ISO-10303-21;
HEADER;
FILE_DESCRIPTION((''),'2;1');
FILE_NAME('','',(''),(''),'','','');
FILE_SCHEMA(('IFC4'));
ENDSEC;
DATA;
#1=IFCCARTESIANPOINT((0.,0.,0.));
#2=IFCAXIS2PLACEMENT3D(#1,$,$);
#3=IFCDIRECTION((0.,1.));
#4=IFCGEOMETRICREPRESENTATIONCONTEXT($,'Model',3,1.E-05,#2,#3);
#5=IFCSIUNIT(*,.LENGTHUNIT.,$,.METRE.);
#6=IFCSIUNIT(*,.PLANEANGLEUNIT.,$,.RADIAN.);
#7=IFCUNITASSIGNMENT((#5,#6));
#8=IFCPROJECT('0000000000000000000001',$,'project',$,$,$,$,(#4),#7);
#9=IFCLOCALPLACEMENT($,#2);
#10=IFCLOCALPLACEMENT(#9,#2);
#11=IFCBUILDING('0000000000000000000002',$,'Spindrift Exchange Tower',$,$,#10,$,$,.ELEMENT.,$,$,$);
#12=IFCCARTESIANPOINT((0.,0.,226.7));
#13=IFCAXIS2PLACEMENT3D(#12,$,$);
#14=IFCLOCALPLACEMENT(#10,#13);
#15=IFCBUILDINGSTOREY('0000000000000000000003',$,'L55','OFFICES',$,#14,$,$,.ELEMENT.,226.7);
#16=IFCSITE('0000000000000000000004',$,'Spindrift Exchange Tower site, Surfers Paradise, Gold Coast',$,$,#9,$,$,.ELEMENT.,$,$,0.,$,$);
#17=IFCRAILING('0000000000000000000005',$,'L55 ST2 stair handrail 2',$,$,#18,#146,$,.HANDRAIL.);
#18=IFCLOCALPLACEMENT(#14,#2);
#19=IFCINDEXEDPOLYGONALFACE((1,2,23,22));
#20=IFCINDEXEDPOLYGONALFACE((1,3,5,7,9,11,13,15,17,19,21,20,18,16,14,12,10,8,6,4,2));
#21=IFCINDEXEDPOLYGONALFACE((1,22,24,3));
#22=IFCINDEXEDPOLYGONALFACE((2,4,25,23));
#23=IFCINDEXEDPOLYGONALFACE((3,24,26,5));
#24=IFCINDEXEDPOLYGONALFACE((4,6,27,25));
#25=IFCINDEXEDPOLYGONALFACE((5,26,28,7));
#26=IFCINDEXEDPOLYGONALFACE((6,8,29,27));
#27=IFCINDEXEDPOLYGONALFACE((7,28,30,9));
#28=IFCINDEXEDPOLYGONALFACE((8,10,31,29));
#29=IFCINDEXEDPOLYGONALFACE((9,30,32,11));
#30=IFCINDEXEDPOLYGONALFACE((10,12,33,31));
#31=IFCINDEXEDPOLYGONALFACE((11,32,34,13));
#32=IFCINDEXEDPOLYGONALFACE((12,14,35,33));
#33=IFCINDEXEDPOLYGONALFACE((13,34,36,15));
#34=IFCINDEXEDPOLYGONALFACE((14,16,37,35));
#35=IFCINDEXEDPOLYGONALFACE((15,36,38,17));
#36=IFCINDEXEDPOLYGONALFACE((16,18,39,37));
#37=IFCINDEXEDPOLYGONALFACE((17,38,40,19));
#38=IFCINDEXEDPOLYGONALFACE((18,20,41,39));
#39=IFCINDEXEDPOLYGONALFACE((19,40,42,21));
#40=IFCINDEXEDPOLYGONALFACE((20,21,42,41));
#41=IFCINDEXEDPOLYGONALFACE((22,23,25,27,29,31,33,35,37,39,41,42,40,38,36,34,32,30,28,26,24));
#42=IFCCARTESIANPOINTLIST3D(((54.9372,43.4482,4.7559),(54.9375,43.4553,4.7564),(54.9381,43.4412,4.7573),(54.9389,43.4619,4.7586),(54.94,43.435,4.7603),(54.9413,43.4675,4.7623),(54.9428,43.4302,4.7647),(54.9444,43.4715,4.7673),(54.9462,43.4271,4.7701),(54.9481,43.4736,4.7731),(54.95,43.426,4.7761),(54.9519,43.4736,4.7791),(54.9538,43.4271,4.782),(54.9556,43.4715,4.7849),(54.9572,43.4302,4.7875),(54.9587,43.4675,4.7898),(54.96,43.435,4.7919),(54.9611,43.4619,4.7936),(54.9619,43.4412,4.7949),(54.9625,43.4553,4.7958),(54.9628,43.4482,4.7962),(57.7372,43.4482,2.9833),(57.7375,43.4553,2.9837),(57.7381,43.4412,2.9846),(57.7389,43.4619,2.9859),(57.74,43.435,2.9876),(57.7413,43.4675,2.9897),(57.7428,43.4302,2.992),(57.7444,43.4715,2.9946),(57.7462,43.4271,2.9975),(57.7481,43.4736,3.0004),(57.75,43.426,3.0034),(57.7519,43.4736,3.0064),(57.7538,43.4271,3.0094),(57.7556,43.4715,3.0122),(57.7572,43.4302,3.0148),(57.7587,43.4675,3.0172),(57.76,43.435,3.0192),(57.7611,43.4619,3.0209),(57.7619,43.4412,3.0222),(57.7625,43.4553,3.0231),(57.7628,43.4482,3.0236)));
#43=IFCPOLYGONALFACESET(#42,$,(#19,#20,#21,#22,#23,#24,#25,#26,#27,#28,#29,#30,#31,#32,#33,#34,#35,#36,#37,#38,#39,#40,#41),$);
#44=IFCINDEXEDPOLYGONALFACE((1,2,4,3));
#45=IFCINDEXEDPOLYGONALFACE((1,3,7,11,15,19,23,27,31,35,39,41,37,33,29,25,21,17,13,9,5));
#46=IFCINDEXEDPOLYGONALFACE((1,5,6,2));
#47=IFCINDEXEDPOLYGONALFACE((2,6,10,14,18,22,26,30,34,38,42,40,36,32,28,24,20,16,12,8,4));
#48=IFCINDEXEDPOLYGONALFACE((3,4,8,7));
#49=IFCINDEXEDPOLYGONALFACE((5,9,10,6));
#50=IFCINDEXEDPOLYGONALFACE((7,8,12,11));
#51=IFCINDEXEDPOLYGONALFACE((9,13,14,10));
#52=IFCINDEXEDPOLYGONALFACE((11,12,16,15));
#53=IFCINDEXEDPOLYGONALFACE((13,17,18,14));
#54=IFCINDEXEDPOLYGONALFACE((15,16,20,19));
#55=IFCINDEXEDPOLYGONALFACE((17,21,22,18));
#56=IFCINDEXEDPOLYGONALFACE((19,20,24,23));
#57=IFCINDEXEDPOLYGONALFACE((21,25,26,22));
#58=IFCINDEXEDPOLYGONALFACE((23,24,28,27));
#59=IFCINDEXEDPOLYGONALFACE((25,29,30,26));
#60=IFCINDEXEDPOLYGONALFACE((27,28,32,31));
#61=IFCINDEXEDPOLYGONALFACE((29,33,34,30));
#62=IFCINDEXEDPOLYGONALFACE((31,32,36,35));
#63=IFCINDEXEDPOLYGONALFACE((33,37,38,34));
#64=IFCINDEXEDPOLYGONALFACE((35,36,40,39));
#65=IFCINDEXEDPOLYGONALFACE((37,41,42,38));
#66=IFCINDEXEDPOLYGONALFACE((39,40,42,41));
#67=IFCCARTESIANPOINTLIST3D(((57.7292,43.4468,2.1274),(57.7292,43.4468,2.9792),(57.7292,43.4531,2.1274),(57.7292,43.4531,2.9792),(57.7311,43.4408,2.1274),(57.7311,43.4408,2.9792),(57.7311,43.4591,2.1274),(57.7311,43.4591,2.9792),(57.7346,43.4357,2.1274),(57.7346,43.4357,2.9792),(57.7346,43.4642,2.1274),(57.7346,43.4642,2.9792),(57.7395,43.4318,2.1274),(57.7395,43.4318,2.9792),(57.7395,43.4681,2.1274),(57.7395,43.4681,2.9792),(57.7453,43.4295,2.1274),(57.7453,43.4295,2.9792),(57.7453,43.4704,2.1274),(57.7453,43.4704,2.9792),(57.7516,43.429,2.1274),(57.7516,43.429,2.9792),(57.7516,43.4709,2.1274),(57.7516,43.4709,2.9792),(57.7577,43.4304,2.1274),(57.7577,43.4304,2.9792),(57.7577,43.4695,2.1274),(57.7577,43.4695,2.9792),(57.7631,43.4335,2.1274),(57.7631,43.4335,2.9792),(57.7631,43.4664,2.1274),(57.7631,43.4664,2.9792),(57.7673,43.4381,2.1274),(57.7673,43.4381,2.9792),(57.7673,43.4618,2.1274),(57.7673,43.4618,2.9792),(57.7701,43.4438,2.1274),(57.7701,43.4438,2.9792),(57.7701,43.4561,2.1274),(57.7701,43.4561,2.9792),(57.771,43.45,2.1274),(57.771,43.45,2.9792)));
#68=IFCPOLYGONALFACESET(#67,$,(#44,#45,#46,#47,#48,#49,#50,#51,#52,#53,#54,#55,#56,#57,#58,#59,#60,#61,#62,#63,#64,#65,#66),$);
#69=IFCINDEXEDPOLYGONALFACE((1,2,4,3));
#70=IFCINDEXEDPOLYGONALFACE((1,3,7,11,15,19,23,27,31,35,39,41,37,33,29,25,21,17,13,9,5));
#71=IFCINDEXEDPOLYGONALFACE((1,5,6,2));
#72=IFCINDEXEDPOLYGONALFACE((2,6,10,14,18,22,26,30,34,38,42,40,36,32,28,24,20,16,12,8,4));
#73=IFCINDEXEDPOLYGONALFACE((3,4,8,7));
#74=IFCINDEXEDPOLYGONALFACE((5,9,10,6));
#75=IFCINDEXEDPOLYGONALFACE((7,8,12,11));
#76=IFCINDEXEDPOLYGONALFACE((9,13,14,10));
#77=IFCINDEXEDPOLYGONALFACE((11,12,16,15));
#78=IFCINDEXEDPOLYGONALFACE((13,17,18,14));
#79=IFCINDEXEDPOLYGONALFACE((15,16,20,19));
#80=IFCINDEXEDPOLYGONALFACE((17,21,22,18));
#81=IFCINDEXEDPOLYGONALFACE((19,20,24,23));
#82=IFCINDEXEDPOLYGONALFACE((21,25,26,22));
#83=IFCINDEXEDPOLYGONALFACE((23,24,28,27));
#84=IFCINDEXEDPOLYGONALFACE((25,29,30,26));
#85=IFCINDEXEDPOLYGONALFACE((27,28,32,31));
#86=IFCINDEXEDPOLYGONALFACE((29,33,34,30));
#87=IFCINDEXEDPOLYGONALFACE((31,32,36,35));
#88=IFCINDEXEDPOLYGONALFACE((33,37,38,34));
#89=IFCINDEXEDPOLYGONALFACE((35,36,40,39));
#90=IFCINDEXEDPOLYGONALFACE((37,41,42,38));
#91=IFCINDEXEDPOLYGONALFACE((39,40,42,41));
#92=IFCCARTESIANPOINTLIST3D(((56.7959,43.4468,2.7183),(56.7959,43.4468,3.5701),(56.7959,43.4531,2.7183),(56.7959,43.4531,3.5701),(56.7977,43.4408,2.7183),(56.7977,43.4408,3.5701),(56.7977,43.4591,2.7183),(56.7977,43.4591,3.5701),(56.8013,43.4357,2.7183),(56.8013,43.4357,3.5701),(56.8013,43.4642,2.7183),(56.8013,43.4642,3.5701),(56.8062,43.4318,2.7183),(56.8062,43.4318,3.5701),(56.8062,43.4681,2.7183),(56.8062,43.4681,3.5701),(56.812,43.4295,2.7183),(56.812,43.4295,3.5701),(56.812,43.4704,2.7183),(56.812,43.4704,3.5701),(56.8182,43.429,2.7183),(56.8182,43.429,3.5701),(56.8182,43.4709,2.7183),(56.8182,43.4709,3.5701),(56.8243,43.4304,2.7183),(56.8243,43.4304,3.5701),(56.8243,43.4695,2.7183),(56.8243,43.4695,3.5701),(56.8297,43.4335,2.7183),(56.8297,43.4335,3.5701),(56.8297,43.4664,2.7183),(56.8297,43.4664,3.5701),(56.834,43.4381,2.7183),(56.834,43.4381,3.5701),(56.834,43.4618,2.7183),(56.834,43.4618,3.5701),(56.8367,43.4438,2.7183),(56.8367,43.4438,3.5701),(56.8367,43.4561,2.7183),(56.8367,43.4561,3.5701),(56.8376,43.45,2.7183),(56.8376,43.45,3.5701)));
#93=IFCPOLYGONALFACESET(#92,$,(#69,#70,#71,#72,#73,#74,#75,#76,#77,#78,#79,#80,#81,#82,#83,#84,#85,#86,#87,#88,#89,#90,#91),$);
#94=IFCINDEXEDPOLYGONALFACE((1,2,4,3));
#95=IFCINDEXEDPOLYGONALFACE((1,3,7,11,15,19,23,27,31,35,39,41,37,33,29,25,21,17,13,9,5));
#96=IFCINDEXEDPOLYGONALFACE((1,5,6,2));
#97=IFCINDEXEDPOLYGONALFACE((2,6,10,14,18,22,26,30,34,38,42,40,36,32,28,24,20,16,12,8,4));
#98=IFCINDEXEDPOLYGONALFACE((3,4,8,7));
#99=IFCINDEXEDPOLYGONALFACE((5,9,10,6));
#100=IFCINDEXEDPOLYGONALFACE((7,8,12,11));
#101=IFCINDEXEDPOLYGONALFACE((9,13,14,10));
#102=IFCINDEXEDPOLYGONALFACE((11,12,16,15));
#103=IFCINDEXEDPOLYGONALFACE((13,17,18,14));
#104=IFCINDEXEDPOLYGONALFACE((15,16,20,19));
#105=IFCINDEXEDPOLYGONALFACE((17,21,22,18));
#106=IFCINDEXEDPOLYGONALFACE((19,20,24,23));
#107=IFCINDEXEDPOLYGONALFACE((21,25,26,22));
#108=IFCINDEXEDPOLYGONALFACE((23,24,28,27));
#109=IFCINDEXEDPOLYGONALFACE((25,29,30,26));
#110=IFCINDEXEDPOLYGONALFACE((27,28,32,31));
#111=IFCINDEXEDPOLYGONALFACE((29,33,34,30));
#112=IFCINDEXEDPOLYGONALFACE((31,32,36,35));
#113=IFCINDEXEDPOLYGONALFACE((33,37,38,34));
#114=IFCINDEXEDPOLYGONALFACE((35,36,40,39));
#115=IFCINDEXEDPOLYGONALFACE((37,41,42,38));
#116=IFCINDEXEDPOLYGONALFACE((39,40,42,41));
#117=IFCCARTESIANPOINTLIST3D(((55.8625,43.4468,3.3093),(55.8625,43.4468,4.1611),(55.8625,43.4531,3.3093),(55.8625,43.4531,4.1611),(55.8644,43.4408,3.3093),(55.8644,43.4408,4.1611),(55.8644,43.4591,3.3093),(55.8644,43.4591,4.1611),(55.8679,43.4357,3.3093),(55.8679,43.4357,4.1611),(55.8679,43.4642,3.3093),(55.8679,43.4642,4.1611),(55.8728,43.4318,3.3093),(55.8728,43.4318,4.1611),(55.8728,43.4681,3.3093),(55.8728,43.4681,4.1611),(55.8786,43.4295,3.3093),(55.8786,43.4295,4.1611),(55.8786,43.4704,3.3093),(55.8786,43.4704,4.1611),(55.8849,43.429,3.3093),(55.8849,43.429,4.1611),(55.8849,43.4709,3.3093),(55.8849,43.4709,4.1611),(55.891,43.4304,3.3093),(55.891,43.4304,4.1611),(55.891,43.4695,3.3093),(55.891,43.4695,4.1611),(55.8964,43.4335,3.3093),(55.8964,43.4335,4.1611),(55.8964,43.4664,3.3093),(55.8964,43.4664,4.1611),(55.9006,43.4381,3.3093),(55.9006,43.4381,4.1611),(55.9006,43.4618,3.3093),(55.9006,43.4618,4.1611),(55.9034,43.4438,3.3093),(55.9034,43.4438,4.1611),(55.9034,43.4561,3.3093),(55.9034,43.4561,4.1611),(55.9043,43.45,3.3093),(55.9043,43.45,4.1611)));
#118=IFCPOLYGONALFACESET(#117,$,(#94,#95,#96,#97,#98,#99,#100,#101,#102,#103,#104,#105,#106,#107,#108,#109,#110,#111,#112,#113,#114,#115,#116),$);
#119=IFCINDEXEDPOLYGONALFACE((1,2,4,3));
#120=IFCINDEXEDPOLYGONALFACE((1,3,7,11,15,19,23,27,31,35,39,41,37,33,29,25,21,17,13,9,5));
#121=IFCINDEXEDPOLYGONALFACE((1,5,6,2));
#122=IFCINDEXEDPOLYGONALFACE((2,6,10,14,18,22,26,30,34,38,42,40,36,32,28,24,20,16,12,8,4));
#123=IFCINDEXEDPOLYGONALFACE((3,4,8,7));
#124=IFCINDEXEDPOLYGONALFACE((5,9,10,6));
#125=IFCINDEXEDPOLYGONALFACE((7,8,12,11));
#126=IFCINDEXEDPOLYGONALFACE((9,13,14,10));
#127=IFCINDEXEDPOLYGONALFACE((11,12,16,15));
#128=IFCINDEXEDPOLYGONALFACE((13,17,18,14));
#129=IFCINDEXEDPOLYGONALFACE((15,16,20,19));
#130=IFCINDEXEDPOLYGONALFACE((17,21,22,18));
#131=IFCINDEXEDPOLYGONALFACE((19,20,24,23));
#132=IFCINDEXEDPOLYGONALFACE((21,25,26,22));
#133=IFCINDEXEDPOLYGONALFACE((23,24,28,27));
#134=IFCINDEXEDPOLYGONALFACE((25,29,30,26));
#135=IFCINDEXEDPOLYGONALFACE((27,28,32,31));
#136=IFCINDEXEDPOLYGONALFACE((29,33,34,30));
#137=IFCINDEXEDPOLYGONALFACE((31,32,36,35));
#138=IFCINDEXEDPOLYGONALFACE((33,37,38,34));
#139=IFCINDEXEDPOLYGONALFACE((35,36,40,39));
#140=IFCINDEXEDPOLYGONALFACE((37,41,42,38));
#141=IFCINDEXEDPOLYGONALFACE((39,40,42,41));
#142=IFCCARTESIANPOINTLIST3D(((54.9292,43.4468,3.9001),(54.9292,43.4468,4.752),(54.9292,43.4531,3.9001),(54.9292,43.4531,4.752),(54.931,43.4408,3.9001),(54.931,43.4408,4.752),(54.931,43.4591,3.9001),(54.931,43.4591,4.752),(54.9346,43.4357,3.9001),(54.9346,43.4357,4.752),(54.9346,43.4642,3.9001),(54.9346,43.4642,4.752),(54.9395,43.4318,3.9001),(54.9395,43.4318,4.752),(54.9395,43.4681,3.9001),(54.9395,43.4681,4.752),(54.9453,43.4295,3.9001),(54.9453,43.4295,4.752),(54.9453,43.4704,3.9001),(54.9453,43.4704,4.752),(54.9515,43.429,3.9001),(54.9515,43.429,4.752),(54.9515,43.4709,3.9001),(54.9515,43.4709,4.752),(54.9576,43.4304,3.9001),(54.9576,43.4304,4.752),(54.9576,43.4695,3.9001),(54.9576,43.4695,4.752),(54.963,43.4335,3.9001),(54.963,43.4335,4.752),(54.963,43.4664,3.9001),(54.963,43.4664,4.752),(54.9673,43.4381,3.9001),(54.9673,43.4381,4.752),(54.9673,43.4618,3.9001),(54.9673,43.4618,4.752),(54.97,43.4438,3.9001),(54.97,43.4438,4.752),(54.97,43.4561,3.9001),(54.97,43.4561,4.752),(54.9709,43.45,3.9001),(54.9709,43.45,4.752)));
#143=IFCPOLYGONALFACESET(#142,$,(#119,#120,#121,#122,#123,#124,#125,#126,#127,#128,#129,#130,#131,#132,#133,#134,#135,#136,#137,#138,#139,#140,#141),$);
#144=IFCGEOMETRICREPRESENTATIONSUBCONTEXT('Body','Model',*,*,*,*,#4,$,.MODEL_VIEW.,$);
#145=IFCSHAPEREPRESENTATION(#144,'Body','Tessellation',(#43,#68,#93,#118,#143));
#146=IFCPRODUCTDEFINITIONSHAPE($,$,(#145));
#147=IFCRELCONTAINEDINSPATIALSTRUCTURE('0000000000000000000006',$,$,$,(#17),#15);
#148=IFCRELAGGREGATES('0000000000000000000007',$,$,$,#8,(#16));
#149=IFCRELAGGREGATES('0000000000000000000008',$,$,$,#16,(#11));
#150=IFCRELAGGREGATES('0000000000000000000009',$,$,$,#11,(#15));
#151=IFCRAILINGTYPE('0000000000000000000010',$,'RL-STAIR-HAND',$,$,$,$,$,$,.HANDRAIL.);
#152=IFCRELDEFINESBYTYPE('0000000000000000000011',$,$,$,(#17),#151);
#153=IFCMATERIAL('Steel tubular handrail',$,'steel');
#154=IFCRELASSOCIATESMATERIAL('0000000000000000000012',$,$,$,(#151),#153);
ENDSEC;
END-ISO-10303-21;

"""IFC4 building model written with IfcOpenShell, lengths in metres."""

from ifc_helpers import new_model, si_unit, direction, frame, origin, origin_2d, place, context, subcontext, project, spatial, circle, extrude, material, type_object, element, save


model = new_model("IFC4")

# Units and contexts
model_context = context("Model", 3, precision=1e-05, world=origin(), true_north=direction((0.0, 1.0)))
body_context = subcontext(model_context, "Body", "Model", "MODEL_VIEW")
ifc_project = project(units=[si_unit("LENGTHUNIT", "METRE"), si_unit("PLANEANGLEUNIT", "RADIAN")], contexts=[model_context])

# Site, building, storey
site_placement = place(None, origin())
site = spatial("IfcSite", under=ifc_project, at=site_placement, Name="Spindrift Exchange Tower site, Surfers Paradise, Gold Coast", CompositionType="ELEMENT", RefElevation=0.0)
building_placement = place(site_placement, origin())
building = spatial("IfcBuilding", under=site, at=building_placement, Name="Spindrift Exchange Tower", CompositionType="ELEMENT")
storey_placement = place(building_placement, frame((0.0, 0.0, 226.7)))
storey = spatial("IfcBuildingStorey", under=building, at=storey_placement, Name="L55", Description="OFFICES", CompositionType="ELEMENT", Elevation=226.7)

# Railing
ifc_material_1 = material(Name="Steel tubular handrail", Category="steel")
railing_type_1 = type_object("IfcRailingType", Name="RL-STAIR-HAND", PredefinedType="HANDRAIL", material=ifc_material_1)
railing_1_placement = place(storey_placement, frame((57.75, 43.45, 2.1274)))
element("IfcRailing", 1, at=railing_1_placement, inside=storey, type_object=railing_type_1, Name="L55 ST2 stair handrail 2", PredefinedType="HANDRAIL", context=body_context, shape_type="SweptSolid", body=[
    extrude(circle(Radius=0.0239, at=origin_2d()), frame((0.0, 0.0, 0.876), z_axis=(-0.844909, 0.0, 0.53491), x_axis=(0.0, -1.0, 0.0)), (0.0, 0.0, 1.0), 3.314),
    extrude(circle(Radius=0.021, at=origin_2d()), origin(), (0.0, 0.0, 1.0), 0.8518),
    extrude(circle(Radius=0.021, at=origin_2d()), frame((-0.9333, 0.0, 0.5908)), (0.0, 0.0, 1.0), 0.8518),
    extrude(circle(Radius=0.021, at=origin_2d()), frame((-1.8667, 0.0, 1.1819)), (0.0, 0.0, 1.0), 0.8518),
    extrude(circle(Radius=0.021, at=origin_2d()), frame((-2.8, 0.0, 1.7727)), (0.0, 0.0, 1.0), 0.8518),
])

save(model, "model.ifc")
